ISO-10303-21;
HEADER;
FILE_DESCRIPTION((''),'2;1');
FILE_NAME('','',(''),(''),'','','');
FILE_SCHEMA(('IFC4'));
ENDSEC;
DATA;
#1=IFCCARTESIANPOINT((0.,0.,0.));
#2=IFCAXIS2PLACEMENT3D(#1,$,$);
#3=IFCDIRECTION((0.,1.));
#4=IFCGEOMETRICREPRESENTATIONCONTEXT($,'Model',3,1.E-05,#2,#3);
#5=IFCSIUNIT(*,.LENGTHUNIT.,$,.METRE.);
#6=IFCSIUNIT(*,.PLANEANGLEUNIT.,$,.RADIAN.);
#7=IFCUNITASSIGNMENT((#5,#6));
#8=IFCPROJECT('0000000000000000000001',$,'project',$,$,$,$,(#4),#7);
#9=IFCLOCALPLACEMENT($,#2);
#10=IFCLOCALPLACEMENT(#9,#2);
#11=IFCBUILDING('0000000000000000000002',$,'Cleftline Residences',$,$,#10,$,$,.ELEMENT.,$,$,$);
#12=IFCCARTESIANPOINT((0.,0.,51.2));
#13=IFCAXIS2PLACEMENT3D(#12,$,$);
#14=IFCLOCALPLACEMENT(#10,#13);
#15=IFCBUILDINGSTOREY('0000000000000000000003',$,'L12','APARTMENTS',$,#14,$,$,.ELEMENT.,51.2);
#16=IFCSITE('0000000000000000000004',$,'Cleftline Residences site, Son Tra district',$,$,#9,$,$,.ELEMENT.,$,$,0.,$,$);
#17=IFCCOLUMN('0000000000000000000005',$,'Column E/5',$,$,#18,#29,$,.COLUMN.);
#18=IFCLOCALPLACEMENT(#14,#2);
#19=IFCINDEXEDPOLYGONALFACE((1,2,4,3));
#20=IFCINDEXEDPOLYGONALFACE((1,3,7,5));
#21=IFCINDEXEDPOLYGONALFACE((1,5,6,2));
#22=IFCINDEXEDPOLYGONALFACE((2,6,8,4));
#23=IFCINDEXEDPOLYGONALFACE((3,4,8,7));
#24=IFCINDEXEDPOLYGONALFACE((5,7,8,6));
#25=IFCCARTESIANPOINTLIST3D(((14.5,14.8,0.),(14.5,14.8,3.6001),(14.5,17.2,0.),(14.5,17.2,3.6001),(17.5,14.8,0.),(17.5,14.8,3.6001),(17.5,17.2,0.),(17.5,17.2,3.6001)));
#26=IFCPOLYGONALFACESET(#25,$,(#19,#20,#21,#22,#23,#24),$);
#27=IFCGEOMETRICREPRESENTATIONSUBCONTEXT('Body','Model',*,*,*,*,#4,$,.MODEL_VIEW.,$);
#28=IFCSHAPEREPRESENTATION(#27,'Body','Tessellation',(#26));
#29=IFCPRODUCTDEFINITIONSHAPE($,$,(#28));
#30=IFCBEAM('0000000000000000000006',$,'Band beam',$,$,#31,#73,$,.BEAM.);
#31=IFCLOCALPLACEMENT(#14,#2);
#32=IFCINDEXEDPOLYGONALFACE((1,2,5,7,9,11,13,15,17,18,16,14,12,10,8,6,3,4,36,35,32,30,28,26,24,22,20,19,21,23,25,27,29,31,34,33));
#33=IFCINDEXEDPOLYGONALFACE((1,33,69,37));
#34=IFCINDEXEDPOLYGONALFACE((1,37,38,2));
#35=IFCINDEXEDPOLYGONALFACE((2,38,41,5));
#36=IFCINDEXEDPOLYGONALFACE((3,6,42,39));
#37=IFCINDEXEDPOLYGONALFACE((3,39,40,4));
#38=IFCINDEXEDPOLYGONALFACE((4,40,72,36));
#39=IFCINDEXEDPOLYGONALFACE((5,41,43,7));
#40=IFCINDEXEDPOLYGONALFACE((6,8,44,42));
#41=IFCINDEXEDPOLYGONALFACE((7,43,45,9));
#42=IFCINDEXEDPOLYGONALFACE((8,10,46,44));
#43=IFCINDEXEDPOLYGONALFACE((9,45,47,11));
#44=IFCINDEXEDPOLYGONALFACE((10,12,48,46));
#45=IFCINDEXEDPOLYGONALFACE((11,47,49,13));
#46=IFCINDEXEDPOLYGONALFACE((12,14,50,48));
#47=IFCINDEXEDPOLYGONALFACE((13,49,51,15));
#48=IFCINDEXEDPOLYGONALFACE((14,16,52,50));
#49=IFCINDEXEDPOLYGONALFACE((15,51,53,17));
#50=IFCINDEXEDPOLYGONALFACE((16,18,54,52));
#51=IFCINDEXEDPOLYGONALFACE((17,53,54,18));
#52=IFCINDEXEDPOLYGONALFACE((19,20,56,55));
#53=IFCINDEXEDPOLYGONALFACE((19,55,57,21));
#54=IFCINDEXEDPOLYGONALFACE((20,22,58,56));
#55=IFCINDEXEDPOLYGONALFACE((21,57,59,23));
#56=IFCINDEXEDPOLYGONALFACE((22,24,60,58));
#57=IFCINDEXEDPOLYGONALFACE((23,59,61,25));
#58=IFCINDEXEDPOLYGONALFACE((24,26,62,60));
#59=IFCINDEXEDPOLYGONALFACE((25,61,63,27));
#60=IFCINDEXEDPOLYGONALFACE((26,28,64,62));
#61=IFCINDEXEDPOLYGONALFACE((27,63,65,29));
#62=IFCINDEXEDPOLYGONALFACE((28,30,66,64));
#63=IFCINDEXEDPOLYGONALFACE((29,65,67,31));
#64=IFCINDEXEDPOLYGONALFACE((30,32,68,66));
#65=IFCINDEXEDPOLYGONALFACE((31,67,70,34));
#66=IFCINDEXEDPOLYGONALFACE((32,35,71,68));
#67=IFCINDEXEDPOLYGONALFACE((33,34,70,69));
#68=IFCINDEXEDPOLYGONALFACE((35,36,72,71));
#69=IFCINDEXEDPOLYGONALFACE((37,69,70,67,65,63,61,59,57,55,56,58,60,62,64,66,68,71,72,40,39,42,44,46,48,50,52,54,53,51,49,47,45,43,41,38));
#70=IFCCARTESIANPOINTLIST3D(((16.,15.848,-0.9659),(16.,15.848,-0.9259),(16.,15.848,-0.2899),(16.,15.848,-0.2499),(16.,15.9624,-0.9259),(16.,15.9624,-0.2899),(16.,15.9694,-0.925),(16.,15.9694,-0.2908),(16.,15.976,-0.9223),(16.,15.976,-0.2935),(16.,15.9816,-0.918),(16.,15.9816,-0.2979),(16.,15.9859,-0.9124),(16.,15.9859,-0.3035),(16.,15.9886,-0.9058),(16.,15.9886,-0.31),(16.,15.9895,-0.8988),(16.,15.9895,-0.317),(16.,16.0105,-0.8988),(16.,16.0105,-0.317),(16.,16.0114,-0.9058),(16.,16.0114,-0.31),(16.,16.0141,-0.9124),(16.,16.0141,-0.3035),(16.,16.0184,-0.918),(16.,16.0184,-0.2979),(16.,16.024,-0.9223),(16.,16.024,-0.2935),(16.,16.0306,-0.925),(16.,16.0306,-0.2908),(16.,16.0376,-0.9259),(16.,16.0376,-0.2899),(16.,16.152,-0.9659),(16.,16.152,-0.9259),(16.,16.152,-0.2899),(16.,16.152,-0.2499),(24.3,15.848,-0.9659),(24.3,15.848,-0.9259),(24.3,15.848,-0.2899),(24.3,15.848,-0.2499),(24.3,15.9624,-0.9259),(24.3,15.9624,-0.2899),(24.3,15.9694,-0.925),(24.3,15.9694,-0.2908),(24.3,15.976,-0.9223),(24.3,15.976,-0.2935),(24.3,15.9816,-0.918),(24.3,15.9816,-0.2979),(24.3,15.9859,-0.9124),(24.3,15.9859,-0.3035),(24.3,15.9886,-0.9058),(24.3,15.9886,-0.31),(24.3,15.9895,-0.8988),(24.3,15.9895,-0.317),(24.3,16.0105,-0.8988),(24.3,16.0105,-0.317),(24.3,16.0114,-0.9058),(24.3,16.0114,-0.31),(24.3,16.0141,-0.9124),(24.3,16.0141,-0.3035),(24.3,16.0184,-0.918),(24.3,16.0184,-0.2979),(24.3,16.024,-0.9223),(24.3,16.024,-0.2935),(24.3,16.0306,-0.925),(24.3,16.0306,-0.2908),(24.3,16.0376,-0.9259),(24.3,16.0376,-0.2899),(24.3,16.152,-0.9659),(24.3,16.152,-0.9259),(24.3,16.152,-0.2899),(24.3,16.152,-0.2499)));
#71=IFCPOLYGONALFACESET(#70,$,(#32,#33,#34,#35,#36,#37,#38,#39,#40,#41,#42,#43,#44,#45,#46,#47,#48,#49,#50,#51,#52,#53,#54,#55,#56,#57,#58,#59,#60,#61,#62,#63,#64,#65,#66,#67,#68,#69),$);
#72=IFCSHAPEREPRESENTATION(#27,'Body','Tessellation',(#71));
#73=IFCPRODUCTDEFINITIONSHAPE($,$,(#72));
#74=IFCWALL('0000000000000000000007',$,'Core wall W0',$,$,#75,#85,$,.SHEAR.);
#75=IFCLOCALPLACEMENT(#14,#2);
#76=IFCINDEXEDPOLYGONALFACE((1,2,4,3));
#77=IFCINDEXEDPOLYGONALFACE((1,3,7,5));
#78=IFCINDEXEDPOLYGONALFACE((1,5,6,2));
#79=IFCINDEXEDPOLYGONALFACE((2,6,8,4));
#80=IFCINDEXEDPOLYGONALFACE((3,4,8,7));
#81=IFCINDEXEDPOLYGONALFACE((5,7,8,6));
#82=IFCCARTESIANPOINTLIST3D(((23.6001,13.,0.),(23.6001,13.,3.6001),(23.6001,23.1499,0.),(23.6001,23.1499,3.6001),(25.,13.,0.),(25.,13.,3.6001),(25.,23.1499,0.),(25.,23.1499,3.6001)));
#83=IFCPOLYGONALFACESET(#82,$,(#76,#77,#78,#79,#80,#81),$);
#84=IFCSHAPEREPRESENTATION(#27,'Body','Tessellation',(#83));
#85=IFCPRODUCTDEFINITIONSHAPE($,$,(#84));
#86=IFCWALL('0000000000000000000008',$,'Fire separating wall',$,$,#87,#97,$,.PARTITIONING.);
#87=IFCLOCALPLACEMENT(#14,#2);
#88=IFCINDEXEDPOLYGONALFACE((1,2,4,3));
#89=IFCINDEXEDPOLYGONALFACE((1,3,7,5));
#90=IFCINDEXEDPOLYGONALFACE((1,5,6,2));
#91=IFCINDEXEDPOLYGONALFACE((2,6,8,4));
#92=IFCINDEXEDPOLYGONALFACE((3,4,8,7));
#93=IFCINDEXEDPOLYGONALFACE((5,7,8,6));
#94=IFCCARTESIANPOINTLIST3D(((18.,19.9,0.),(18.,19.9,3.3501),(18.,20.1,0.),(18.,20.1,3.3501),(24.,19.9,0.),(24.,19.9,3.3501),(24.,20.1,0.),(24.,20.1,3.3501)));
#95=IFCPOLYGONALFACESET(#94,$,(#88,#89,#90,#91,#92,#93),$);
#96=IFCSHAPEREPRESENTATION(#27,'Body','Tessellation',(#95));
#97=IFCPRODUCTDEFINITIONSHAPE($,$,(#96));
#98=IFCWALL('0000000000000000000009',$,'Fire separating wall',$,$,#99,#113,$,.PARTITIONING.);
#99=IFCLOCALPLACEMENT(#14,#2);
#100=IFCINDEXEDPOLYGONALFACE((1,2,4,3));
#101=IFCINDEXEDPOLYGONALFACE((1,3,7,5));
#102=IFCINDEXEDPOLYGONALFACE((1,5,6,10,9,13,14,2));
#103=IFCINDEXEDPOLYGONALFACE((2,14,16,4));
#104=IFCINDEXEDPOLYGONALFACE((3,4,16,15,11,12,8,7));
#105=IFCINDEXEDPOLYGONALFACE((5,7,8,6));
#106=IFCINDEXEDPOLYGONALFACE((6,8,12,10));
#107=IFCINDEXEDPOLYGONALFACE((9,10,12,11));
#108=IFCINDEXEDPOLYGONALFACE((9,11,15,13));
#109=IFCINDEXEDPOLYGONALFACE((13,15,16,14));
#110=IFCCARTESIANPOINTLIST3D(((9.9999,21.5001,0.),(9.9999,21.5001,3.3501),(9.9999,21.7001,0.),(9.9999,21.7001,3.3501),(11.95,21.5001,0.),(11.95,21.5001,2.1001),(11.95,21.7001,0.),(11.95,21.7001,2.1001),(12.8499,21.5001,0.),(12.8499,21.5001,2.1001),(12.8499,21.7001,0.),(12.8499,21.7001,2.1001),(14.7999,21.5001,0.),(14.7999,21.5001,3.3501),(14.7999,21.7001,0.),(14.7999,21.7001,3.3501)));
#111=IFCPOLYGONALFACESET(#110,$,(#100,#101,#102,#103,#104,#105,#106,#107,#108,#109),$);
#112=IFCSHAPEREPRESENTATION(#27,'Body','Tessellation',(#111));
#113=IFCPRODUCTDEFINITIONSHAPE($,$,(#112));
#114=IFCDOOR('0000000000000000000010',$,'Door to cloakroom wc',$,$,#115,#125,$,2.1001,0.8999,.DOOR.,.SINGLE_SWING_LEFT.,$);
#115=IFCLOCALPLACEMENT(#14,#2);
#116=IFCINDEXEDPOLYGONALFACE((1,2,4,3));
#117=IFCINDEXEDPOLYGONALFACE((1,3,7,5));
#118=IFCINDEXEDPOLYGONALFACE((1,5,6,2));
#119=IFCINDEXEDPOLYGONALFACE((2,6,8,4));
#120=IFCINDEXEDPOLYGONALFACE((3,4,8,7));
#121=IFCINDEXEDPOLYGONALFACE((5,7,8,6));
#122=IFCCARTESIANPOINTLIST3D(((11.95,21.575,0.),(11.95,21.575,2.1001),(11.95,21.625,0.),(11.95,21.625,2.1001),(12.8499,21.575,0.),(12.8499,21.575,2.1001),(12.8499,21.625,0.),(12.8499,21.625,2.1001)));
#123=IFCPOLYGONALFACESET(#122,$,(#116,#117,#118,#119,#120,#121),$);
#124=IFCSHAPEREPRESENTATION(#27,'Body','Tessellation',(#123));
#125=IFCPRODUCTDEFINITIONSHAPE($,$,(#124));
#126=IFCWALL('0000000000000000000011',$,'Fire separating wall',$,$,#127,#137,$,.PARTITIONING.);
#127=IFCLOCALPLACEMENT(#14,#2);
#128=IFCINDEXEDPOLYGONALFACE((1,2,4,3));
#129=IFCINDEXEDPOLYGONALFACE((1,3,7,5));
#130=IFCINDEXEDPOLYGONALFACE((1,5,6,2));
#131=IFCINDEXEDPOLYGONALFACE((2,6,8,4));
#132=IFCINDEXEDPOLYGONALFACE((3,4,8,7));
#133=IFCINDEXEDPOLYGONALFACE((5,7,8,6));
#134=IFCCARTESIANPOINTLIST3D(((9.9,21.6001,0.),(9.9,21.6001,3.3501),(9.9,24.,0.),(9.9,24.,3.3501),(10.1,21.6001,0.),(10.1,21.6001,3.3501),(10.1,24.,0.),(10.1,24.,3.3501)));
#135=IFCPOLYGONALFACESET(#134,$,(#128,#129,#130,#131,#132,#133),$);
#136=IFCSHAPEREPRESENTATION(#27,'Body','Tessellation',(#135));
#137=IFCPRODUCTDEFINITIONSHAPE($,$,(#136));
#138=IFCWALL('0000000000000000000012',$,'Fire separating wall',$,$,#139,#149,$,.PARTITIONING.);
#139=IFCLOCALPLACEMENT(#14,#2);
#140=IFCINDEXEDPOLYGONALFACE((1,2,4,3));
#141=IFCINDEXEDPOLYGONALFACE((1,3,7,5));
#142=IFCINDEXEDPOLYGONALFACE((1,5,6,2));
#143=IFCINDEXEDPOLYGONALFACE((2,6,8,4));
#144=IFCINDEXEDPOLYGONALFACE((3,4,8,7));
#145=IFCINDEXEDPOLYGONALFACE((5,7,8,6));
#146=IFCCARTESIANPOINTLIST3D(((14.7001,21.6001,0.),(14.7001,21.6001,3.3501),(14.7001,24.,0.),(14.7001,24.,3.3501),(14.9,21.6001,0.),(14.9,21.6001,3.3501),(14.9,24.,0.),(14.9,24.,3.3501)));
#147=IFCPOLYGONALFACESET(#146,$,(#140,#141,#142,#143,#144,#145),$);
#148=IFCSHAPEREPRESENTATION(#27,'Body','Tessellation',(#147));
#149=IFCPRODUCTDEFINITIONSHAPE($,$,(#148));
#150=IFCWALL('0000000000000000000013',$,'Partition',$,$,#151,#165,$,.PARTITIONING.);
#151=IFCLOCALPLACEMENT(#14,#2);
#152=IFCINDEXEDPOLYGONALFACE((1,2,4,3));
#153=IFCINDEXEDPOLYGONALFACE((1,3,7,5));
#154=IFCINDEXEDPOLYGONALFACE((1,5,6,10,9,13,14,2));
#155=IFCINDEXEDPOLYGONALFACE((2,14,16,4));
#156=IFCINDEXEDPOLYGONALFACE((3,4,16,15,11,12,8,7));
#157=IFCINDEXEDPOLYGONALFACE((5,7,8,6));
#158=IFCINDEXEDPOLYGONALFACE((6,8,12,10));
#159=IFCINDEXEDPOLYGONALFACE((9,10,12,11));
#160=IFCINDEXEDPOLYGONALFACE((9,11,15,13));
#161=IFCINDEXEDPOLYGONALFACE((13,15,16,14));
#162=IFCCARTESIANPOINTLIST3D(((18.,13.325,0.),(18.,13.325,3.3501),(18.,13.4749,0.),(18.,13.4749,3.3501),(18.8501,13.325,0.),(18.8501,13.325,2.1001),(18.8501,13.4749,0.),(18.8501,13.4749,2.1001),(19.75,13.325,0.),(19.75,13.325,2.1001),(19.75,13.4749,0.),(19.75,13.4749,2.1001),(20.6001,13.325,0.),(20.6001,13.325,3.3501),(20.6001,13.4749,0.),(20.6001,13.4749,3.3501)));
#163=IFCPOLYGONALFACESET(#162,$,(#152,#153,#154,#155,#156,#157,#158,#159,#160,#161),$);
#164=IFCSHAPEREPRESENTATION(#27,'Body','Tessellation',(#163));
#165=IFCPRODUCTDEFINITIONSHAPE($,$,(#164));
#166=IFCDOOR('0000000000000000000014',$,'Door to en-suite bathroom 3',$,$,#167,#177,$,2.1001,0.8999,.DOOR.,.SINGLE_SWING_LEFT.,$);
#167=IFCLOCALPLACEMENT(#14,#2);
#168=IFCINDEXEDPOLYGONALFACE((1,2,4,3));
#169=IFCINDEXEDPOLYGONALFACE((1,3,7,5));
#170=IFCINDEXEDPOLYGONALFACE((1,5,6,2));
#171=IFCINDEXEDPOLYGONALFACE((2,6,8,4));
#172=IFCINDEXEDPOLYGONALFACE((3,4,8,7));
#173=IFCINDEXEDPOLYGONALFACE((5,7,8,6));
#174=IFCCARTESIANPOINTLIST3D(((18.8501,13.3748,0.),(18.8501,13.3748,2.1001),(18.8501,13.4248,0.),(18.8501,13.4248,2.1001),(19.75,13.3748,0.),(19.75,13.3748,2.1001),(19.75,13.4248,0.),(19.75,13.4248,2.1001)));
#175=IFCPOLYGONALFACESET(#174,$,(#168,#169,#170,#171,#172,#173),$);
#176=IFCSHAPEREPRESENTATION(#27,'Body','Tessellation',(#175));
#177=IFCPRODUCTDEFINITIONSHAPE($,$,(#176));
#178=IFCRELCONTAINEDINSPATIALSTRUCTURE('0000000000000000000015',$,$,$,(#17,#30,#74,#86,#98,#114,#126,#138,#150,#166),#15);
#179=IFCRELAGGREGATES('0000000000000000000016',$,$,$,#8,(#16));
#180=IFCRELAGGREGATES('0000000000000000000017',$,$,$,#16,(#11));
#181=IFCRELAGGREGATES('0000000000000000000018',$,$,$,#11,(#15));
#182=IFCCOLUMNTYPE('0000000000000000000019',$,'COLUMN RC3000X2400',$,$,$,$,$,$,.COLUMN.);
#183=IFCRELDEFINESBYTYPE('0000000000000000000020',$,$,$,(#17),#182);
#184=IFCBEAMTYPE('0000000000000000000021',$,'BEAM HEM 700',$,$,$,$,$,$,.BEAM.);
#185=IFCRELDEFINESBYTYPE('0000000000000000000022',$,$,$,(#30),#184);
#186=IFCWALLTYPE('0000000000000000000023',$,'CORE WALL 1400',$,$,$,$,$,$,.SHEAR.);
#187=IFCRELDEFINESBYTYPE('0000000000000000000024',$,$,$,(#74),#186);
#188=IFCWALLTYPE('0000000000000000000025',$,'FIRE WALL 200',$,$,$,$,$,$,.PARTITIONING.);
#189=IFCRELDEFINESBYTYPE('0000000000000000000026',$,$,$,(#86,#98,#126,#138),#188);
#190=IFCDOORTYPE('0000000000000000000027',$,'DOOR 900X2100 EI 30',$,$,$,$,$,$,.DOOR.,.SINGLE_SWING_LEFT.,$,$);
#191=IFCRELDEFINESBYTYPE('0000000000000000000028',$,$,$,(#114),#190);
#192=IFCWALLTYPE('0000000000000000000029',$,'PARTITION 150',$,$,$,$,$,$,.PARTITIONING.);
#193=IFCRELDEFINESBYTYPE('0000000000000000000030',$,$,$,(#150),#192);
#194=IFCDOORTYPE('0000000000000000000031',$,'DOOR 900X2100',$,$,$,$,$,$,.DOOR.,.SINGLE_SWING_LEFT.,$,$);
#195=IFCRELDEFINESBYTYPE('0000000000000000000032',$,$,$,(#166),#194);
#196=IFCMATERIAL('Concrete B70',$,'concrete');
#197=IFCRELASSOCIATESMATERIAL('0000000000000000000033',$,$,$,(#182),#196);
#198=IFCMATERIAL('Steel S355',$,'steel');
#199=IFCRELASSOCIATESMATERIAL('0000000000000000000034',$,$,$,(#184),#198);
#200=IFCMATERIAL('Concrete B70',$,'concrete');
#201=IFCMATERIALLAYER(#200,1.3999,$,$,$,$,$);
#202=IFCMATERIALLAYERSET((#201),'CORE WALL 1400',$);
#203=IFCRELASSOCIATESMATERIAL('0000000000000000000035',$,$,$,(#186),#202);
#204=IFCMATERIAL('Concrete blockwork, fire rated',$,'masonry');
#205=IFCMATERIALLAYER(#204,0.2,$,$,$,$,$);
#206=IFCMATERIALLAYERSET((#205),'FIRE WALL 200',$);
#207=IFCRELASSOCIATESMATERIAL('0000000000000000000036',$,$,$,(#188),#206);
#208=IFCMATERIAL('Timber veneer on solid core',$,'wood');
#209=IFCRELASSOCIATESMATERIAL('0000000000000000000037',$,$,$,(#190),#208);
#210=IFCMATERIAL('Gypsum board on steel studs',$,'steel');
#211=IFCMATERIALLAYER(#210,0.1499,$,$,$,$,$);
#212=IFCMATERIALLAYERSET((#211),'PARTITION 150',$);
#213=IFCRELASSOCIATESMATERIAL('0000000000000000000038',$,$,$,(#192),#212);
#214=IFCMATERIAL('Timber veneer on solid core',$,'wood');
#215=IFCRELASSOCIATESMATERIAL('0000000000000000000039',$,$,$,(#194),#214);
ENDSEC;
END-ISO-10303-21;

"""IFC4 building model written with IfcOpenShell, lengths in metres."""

from ifc_helpers import new_model, si_unit, direction, frame, frame_2d, origin, origin_2d, place, context, subcontext, project, spatial, rectangle, i_section, extrude, material, layer, layer_set, material_profile, profile_set, type_object, element, fill, save


model = new_model("IFC4")

# Units and contexts
model_context = context("Model", 3, precision=1e-05, world=origin(), true_north=direction((0.0, 1.0)))
body_context = subcontext(model_context, "Body", "Model", "MODEL_VIEW")
ifc_project = project(units=[si_unit("LENGTHUNIT", "METRE"), si_unit("PLANEANGLEUNIT", "RADIAN")], contexts=[model_context])

# Site, building, storey
site_placement = place(None, origin())
site = spatial("IfcSite", under=ifc_project, at=site_placement, Name="Cleftline Residences site, Son Tra district", CompositionType="ELEMENT", RefElevation=0.0)
building_placement = place(site_placement, origin())
building = spatial("IfcBuilding", under=site, at=building_placement, Name="Cleftline Residences", CompositionType="ELEMENT")
storey_placement = place(building_placement, frame((0.0, 0.0, 51.2)))
storey = spatial("IfcBuildingStorey", under=building, at=storey_placement, Name="L12", Description="APARTMENTS", CompositionType="ELEMENT", Elevation=51.2)

# Column
ifc_material_1 = material(Name="Concrete B70", Category="concrete")
ifc_material_profile_1 = material_profile(ifc_material_1, rectangle(XDim=3.0, YDim=2.3999, at=origin_2d()))
ifc_profile_set_1 = profile_set([ifc_material_profile_1], Name="Concrete B70")
column_type = type_object("IfcColumnType", Name="COLUMN RC3000X2400", PredefinedType="COLUMN", material=ifc_profile_set_1)
column_placement = place(storey_placement, frame((16.0, 16.0, 0.0), z_axis=(0.0, 0.0, 1.0), x_axis=(1.0, 0.0, 0.0)))
element("IfcColumn", 1, at=column_placement, inside=storey, type_object=column_type, Name="Column E/5", PredefinedType="COLUMN", context=body_context, shape_type="SweptSolid", body=[
    extrude(rectangle(XDim=3.0, YDim=2.3999, at=origin_2d()), origin(), (0.0, 0.0, 1.0), 3.6001),
])

# Beam
ifc_material_2 = material(Name="Steel S355", Category="steel")
ifc_material_profile_2 = material_profile(ifc_material_2, i_section(OverallWidth=0.304, OverallDepth=0.7161, WebThickness=0.021, FlangeThickness=0.04, FilletRadius=0.0271, at=origin_2d()))
ifc_profile_set_2 = profile_set([ifc_material_profile_2], Name="Steel S355")
beam_type = type_object("IfcBeamType", Name="BEAM HEM 700", PredefinedType="BEAM", material=ifc_profile_set_2)
beam_placement = place(storey_placement, frame((16.0, 16.0, -0.6079), z_axis=(1.0, 0.0, 0.0), x_axis=(0.0, 1.0, 0.0)))
element("IfcBeam", 2, at=beam_placement, inside=storey, type_object=beam_type, Name="Band beam", PredefinedType="BEAM", context=body_context, shape_type="SweptSolid", body=[
    extrude(i_section(OverallWidth=0.304, OverallDepth=0.7161, WebThickness=0.021, FlangeThickness=0.04, FilletRadius=0.0271, at=origin_2d()), origin(), (0.0, 0.0, 1.0), 8.3),
])

# Walls
ifc_material_3 = material(Name="Concrete B70", Category="concrete")
ifc_layer_1 = layer(ifc_material_3, 1.3999)
ifc_layer_set_1 = layer_set([ifc_layer_1], Name="CORE WALL 1400")
wall_type_1 = type_object("IfcWallType", Name="CORE WALL 1400", PredefinedType="SHEAR", material=ifc_layer_set_1)
wall_1_placement = place(storey_placement, frame((24.3, 13.0, 0.0), z_axis=(0.0, 0.0, 1.0), x_axis=(0.0, 1.0, 0.0)))
element("IfcWall", 3, at=wall_1_placement, inside=storey, type_object=wall_type_1, Name="Core wall W0", PredefinedType="SHEAR", context=body_context, shape_type="SweptSolid", body=[
    extrude(rectangle(XDim=10.1499, YDim=1.3999, at=frame_2d((5.075, 0.0))), origin(), (0.0, 0.0, 1.0), 3.6001),
])
ifc_material_4 = material(Name="Concrete blockwork, fire rated", Category="masonry")
ifc_layer_2 = layer(ifc_material_4, 0.2)
ifc_layer_set_2 = layer_set([ifc_layer_2], Name="FIRE WALL 200")
wall_type_2 = type_object("IfcWallType", Name="FIRE WALL 200", PredefinedType="PARTITIONING", material=ifc_layer_set_2)
wall_2_placement = place(storey_placement, frame((18.0, 20.0, 0.0), z_axis=(0.0, 0.0, 1.0), x_axis=(1.0, 0.0, 0.0)))
element("IfcWall", 4, at=wall_2_placement, inside=storey, type_object=wall_type_2, Name="Fire separating wall", PredefinedType="PARTITIONING", context=body_context, shape_type="SweptSolid", body=[
    extrude(rectangle(XDim=6.0, YDim=0.2, at=frame_2d((3.0, 0.0))), origin(), (0.0, 0.0, 1.0), 3.3501),
])

# Wall, opening, door
wall_3_placement = place(storey_placement, frame((10.0, 21.6001, 0.0), z_axis=(0.0, 0.0, 1.0), x_axis=(1.0, 0.0, 0.0)))
wall_3 = element("IfcWall", 5, at=wall_3_placement, inside=storey, type_object=wall_type_2, Name="Fire separating wall", PredefinedType="PARTITIONING", context=body_context, shape_type="SweptSolid", body=[
    extrude(rectangle(XDim=4.8, YDim=0.2, at=frame_2d((2.3999, 0.0))), origin(), (0.0, 0.0, 1.0), 3.3501),
])
opening_1_placement = place(wall_3_placement, frame((1.95, 0.0, 0.0)))
opening_1 = element("IfcOpeningElement", 6, at=opening_1_placement, cuts=wall_3, PredefinedType="OPENING", context=body_context, shape_type="SweptSolid", body=[
    extrude(rectangle(XDim=0.8999, YDim=2.1001, at=frame_2d((0.45, 1.05))), frame((0.0, 0.1099, 0.0), z_axis=(0.0, -1.0, 0.0), x_axis=(1.0, 0.0, 0.0)), (0.0, 0.0, 1.0), 0.22),
])
ifc_material_5 = material(Name="Timber veneer on solid core", Category="wood")
door_type_1 = type_object("IfcDoorType", Name="DOOR 900X2100 EI 30", OperationType="SINGLE_SWING_LEFT", PredefinedType="DOOR", material=ifc_material_5)
door_1_placement = place(opening_1_placement, origin())
door_1 = element("IfcDoor", 7, at=door_1_placement, inside=storey, type_object=door_type_1, Name="Door to cloakroom wc", OperationType="SINGLE_SWING_LEFT", OverallHeight=2.1001, OverallWidth=0.8999, PredefinedType="DOOR", context=body_context, shape_type="SweptSolid", body=[
    extrude(rectangle(XDim=0.8999, YDim=2.1001, at=frame_2d((0.45, 1.05))), frame((0.0, 0.0249, 0.0), z_axis=(0.0, -1.0, 0.0), x_axis=(1.0, 0.0, 0.0)), (0.0, 0.0, 1.0), 0.05),
])
fill(opening_1, door_1)

# Walls
for number, where, z_axis, x_axis, name in (
    (8, (10.0, 21.6001, 0.0), (0.0, 0.0, 1.0), (0.0, 1.0, 0.0), "Fire separating wall"),
    (9, (14.8, 21.6001, 0.0), (0.0, 0.0, 1.0), (0.0, 1.0, 0.0), "Fire separating wall"),
):
    element("IfcWall", number, at=place(storey_placement, frame(where, z_axis=z_axis, x_axis=x_axis)), inside=storey, type_object=wall_type_2, Name=name, PredefinedType="PARTITIONING", context=body_context, shape_type="SweptSolid", body=[
        extrude(rectangle(XDim=2.3999, YDim=0.2, at=frame_2d((1.2, 0.0))), origin(), (0.0, 0.0, 1.0), 3.3501),
    ])

# Wall, opening, door
ifc_material_6 = material(Name="Gypsum board on steel studs", Category="steel")
ifc_layer_3 = layer(ifc_material_6, 0.1499)
ifc_layer_set_3 = layer_set([ifc_layer_3], Name="PARTITION 150")
wall_type_3 = type_object("IfcWallType", Name="PARTITION 150", PredefinedType="PARTITIONING", material=ifc_layer_set_3)
wall_4_placement = place(storey_placement, frame((18.0, 13.3999, 0.0), z_axis=(0.0, 0.0, 1.0), x_axis=(1.0, 0.0, 0.0)))
wall_4 = element("IfcWall", 10, at=wall_4_placement, inside=storey, type_object=wall_type_3, Name="Partition", PredefinedType="PARTITIONING", context=body_context, shape_type="SweptSolid", body=[
    extrude(rectangle(XDim=2.6001, YDim=0.1499, at=frame_2d((1.3, 0.0))), origin(), (0.0, 0.0, 1.0), 3.3501),
])
opening_2_placement = place(wall_4_placement, frame((0.8501, 0.0, 0.0)))
opening_2 = element("IfcOpeningElement", 11, at=opening_2_placement, cuts=wall_4, PredefinedType="OPENING", context=body_context, shape_type="SweptSolid", body=[
    extrude(rectangle(XDim=0.8999, YDim=2.1001, at=frame_2d((0.45, 1.05))), frame((0.0, 0.085, 0.0), z_axis=(0.0, -1.0, 0.0), x_axis=(1.0, 0.0, 0.0)), (0.0, 0.0, 1.0), 0.1699),
])
ifc_material_7 = material(Name="Timber veneer on solid core", Category="wood")
door_type_2 = type_object("IfcDoorType", Name="DOOR 900X2100", OperationType="SINGLE_SWING_LEFT", PredefinedType="DOOR", material=ifc_material_7)
door_2_placement = place(opening_2_placement, origin())
door_2 = element("IfcDoor", 12, at=door_2_placement, inside=storey, type_object=door_type_2, Name="Door to en-suite bathroom 3", OperationType="SINGLE_SWING_LEFT", OverallHeight=2.1001, OverallWidth=0.8999, PredefinedType="DOOR", context=body_context, shape_type="SweptSolid", body=[
    extrude(rectangle(XDim=0.8999, YDim=2.1001, at=frame_2d((0.45, 1.05))), frame((0.0, 0.0249, 0.0), z_axis=(0.0, -1.0, 0.0), x_axis=(1.0, 0.0, 0.0)), (0.0, 0.0, 1.0), 0.05),
])
fill(opening_2, door_2)

save(model, "model.ifc")
